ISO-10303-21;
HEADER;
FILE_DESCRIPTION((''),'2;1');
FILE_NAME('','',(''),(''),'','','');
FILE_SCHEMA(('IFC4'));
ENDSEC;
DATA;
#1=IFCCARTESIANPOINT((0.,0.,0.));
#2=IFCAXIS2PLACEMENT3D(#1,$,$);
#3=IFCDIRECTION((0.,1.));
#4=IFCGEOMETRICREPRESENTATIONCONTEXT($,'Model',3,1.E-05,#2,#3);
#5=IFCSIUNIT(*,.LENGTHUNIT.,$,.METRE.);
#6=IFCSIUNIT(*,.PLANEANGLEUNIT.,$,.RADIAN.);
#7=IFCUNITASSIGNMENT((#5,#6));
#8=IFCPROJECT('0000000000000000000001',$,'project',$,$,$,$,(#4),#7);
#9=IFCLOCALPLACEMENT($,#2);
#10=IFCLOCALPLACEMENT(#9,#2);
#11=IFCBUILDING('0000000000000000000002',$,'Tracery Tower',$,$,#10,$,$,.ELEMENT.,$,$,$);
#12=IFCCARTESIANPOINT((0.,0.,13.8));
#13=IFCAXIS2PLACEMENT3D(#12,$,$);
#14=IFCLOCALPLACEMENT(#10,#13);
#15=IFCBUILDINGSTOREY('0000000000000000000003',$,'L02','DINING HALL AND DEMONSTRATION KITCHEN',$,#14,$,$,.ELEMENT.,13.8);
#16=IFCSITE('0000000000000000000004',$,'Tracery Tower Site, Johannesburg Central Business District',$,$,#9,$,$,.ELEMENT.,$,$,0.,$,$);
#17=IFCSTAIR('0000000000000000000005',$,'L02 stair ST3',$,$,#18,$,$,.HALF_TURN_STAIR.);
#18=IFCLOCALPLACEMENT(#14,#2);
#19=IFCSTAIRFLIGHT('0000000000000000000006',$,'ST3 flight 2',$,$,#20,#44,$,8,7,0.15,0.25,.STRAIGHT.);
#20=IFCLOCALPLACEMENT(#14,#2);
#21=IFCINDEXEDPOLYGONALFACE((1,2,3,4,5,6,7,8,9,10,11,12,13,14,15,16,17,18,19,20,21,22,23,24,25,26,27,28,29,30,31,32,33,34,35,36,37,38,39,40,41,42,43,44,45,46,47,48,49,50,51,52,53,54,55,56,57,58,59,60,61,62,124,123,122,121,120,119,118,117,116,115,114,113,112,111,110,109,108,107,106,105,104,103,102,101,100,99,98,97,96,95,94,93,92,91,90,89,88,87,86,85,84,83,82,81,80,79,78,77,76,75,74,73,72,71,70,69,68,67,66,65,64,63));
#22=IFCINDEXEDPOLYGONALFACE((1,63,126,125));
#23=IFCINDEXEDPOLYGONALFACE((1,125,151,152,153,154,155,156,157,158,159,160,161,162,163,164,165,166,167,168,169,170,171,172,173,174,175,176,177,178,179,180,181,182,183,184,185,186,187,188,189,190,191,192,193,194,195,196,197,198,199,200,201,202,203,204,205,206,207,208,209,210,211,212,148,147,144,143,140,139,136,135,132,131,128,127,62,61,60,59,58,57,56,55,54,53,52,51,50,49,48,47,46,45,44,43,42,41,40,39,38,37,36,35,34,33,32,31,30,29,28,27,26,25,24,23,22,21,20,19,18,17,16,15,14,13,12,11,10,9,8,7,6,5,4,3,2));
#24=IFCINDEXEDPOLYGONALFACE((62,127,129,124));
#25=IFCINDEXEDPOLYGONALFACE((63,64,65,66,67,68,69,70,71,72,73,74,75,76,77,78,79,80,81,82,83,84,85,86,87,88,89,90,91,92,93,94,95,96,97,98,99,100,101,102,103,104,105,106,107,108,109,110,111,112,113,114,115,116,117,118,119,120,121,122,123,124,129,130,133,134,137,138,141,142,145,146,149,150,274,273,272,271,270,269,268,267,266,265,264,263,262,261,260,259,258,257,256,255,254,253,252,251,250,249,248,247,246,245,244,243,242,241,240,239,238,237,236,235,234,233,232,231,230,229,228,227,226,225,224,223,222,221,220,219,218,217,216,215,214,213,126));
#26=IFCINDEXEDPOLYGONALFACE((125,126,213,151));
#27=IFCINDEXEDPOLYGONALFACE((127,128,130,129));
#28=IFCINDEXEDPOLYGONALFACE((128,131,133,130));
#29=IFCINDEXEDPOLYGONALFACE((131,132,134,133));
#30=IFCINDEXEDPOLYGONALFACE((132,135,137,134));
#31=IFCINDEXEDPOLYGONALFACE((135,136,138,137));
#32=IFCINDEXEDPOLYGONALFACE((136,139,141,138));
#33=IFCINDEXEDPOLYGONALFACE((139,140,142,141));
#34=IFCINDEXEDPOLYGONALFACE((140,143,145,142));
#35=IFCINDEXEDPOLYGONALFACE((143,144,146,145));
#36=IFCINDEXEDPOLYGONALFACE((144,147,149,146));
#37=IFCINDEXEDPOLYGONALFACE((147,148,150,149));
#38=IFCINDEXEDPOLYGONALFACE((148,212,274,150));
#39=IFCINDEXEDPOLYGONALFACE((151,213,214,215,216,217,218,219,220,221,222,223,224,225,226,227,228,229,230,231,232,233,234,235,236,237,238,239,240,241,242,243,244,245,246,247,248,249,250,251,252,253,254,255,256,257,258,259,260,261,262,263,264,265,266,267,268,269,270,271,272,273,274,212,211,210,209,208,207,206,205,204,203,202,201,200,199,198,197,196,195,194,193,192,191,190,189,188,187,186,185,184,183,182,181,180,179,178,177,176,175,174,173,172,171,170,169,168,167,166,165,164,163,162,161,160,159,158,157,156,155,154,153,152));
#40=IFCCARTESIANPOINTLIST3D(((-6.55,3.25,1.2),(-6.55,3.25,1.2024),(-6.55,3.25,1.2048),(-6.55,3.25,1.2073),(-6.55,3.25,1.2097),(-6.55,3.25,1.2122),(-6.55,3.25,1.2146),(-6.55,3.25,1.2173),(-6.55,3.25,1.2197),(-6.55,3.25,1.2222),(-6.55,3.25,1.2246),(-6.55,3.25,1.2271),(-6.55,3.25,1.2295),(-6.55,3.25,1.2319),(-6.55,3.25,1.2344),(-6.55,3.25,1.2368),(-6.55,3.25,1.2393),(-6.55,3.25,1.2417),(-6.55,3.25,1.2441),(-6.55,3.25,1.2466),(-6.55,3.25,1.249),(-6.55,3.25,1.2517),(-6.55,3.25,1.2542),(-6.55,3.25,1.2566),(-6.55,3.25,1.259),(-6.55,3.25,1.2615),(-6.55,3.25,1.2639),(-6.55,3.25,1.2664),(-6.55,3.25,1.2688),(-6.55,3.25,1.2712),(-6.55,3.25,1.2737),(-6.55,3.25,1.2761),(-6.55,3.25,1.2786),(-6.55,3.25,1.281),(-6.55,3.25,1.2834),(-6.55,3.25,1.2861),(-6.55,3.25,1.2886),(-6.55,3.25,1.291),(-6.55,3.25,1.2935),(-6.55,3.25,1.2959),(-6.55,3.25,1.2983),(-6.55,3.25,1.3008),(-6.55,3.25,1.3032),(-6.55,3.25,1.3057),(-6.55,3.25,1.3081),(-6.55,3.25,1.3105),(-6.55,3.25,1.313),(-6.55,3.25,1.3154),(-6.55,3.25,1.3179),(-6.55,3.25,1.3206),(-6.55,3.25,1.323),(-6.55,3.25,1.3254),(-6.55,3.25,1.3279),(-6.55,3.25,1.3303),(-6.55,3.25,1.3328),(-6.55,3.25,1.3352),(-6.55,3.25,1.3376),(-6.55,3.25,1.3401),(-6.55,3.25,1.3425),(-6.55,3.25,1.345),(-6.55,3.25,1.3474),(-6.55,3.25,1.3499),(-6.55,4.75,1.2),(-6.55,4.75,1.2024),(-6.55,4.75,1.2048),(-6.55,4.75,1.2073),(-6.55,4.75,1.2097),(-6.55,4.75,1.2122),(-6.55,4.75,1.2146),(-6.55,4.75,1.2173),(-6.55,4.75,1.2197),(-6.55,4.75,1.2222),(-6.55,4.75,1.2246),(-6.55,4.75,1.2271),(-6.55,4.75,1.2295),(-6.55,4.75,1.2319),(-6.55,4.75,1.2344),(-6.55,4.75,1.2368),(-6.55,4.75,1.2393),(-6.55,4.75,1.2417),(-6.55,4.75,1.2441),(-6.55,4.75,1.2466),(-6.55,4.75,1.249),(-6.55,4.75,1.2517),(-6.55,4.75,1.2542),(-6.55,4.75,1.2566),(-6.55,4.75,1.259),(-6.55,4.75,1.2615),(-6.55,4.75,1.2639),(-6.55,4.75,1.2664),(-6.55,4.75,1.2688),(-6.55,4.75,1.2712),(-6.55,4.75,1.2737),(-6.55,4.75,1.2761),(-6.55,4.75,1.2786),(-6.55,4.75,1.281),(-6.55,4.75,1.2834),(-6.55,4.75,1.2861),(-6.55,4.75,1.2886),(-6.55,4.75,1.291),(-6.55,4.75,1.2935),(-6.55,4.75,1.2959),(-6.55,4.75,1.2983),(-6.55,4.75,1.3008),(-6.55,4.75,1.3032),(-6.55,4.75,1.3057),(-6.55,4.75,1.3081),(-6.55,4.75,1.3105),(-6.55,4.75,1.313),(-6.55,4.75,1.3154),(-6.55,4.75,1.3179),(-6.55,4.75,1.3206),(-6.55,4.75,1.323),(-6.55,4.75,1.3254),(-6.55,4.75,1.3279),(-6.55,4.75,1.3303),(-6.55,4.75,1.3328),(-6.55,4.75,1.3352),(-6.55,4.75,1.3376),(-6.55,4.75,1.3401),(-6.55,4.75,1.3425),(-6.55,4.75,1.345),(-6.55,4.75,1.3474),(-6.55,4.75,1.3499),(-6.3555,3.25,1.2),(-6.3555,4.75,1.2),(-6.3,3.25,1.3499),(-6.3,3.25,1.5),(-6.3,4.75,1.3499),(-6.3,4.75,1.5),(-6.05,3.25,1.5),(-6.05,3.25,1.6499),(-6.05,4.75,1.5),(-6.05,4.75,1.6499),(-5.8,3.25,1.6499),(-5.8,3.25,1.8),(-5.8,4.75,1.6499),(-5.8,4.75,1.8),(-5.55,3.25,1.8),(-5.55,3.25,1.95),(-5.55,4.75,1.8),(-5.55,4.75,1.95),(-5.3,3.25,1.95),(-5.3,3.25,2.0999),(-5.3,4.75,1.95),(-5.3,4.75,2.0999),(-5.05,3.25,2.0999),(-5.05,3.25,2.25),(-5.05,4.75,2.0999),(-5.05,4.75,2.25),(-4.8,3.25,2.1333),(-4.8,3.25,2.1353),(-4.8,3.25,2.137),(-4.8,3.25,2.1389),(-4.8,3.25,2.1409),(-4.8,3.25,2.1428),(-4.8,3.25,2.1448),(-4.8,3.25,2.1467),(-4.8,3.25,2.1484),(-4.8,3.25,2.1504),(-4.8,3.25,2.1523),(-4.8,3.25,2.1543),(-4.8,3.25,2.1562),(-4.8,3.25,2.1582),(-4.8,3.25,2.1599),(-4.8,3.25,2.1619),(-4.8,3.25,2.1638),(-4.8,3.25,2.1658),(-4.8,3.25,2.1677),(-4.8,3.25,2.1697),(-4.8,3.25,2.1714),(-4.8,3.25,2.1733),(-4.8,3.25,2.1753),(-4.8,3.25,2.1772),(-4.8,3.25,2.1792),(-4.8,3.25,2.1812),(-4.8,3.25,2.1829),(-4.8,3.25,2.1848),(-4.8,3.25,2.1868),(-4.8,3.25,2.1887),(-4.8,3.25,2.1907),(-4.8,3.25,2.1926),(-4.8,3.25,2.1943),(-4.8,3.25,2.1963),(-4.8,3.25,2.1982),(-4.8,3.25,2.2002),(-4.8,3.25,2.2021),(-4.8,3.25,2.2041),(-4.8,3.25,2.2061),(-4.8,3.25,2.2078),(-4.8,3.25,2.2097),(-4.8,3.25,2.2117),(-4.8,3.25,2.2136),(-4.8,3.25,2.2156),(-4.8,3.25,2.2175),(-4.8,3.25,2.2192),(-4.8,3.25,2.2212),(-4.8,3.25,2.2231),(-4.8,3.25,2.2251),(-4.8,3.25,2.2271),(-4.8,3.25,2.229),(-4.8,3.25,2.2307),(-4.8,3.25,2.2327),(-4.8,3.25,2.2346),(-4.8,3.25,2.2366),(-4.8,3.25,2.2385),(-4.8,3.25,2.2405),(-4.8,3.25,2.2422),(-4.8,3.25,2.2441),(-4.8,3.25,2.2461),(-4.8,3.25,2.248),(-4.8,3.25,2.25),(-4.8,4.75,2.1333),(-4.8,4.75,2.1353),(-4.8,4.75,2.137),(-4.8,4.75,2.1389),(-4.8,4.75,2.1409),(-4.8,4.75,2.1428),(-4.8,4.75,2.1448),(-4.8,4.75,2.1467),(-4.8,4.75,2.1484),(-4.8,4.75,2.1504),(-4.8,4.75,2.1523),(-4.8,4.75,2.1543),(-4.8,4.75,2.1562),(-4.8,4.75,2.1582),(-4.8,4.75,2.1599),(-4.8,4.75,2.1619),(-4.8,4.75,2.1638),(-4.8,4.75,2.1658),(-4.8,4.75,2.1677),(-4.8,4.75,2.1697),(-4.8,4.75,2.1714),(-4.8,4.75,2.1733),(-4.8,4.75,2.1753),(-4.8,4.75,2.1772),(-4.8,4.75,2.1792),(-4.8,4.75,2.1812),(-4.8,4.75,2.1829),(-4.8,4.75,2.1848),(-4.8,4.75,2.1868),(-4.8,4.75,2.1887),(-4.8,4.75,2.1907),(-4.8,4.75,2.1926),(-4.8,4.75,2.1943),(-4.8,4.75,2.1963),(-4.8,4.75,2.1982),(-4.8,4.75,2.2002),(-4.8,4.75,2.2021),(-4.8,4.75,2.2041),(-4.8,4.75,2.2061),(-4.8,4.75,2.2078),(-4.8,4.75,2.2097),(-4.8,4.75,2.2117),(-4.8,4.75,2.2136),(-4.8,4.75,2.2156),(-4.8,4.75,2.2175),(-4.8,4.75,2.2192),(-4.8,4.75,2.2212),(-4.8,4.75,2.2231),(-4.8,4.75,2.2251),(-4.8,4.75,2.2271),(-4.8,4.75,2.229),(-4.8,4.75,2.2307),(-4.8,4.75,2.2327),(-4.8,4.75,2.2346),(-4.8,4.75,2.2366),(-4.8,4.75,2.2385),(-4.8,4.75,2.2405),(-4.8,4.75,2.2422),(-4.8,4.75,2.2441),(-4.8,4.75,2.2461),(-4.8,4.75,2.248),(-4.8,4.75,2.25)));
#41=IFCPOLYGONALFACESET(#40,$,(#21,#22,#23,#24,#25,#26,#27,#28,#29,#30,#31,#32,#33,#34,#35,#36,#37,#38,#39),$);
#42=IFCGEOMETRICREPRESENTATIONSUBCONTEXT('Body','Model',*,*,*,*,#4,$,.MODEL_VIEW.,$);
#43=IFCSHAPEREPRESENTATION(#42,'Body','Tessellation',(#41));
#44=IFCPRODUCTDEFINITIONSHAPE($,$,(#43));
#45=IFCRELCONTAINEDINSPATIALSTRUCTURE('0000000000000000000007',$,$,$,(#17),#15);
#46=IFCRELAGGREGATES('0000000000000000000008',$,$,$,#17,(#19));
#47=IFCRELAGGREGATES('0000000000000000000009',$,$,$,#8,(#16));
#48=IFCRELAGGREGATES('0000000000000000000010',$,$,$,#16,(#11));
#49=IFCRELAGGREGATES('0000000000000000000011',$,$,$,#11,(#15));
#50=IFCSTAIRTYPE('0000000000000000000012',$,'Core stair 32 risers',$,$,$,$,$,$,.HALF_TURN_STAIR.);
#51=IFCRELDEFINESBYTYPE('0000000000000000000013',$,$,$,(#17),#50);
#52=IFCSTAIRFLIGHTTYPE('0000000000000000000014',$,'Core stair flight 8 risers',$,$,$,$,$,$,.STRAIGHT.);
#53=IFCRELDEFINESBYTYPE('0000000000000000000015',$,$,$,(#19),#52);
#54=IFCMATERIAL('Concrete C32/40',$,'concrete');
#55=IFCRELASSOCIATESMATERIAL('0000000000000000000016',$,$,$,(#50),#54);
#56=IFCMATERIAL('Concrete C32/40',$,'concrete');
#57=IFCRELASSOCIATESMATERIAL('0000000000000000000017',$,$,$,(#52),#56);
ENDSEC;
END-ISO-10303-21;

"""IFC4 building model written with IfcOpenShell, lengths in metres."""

from ifc_helpers import new_model, si_unit, direction, frame, origin, place, context, subcontext, project, spatial, polyline, outline, extrude, material, type_object, element, aggregate, save


model = new_model("IFC4")

# Units and contexts
model_context = context("Model", 3, precision=1e-05, world=origin(), true_north=direction((0.0, 1.0)))
body_context = subcontext(model_context, "Body", "Model", "MODEL_VIEW")
ifc_project = project(units=[si_unit("LENGTHUNIT", "METRE"), si_unit("PLANEANGLEUNIT", "RADIAN")], contexts=[model_context])

# Site, building, storey
site_placement = place(None, origin())
site = spatial("IfcSite", under=ifc_project, at=site_placement, Name="Tracery Tower Site, Johannesburg Central Business District", CompositionType="ELEMENT", RefElevation=0.0)
building_placement = place(site_placement, origin())
building = spatial("IfcBuilding", under=site, at=building_placement, Name="Tracery Tower", CompositionType="ELEMENT")
storey_placement = place(building_placement, frame((0.0, 0.0, 13.8)))
storey = spatial("IfcBuildingStorey", under=building, at=storey_placement, Name="L02", Description="DINING HALL AND DEMONSTRATION KITCHEN", CompositionType="ELEMENT", Elevation=13.8)

# Stair, stair flight
ifc_material_1 = material(Name="Concrete C32/40", Category="concrete")
stair_type = type_object("IfcStairType", Name="Core stair 32 risers", PredefinedType="HALF_TURN_STAIR", material=ifc_material_1)
stair_placement = place(storey_placement, origin())
stair = element("IfcStair", 1, at=stair_placement, inside=storey, type_object=stair_type, Name="L02 stair ST3", PredefinedType="HALF_TURN_STAIR")
ifc_material_2 = material(Name="Concrete C32/40", Category="concrete")
stair_flight_type = type_object("IfcStairFlightType", Name="Core stair flight 8 risers", PredefinedType="STRAIGHT", material=ifc_material_2)
stair_flight_1_placement = place(storey_placement, frame((-6.55, 4.0, 1.2), z_axis=(0.0, 0.0, 1.0), x_axis=(1.0, 0.0, 0.0)))
stair_flight_1 = element("IfcStairFlight", 2, at=stair_flight_1_placement, type_object=stair_flight_type, Name="ST3 flight 2", NumberOfRisers=8, NumberOfTreads=7, PredefinedType="STRAIGHT", RiserHeight=0.15, TreadLength=0.25, context=body_context, shape_type="SweptSolid", body=[
    extrude(outline(polyline([(0.0, 0.0), (0.0, 0.0024), (0.0, 0.0049), (0.0, 0.0073), (0.0, 0.0098), (0.0, 0.0122), (0.0, 0.0146), (0.0, 0.0173), (0.0, 0.0198), (0.0, 0.0222), (0.0, 0.0247), (0.0, 0.0271), (0.0, 0.0295), (0.0, 0.032), (0.0, 0.0344), (0.0, 0.0369), (0.0, 0.0393), (0.0, 0.0417), (0.0, 0.0442), (0.0, 0.0466), (0.0, 0.0491), (0.0, 0.0518), (0.0, 0.0542), (0.0, 0.0566), (0.0, 0.0591), (0.0, 0.0615), (0.0, 0.064), (0.0, 0.0664), (0.0, 0.0688), (0.0, 0.0713), (0.0, 0.0737), (0.0, 0.0762), (0.0, 0.0786), (0.0, 0.0811), (0.0, 0.0835), (0.0, 0.0862), (0.0, 0.0886), (0.0, 0.0911), (0.0, 0.0935), (0.0, 0.0959), (0.0, 0.0984), (0.0, 0.1008), (0.0, 0.1033), (0.0, 0.1057), (0.0, 0.1082), (0.0, 0.1106), (0.0, 0.113), (0.0, 0.1155), (0.0, 0.1179), (0.0, 0.1206), (0.0, 0.123), (0.0, 0.1255), (0.0, 0.1279), (0.0, 0.1304), (0.0, 0.1328), (0.0, 0.1353), (0.0, 0.1377), (0.0, 0.1401), (0.0, 0.1426), (0.0, 0.145), (0.0, 0.1475), (0.0, 0.1499), (0.25, 0.1499), (0.25, 0.3), (0.5, 0.3), (0.5, 0.45), (0.75, 0.45), (0.75, 0.6001), (1.0, 0.6001), (1.0, 0.75), (1.25, 0.75), (1.25, 0.8999), (1.5, 0.8999), (1.5, 1.05), (1.75, 1.05), (1.75, 1.0481), (1.75, 1.0461), (1.75, 1.0442), (1.75, 1.0422), (1.75, 1.0405), (1.75, 1.0386), (1.75, 1.0366), (1.75, 1.0347), (1.75, 1.0327), (1.75, 1.0308), (1.75, 1.0291), (1.75, 1.0271), (1.75, 1.0251), (1.75, 1.0232), (1.75, 1.0212), (1.75, 1.0193), (1.75, 1.0176), (1.75, 1.0156), (1.75, 1.0137), (1.75, 1.0117), (1.75, 1.0098), (1.75, 1.0078), (1.75, 1.0061), (1.75, 1.0042), (1.75, 1.0022), (1.75, 1.0002), (1.75, 0.9983), (1.75, 0.9963), (1.75, 0.9944), (1.75, 0.9927), (1.75, 0.9907), (1.75, 0.9888), (1.75, 0.9868), (1.75, 0.9849), (1.75, 0.9829), (1.75, 0.9812), (1.75, 0.9792), (1.75, 0.9773), (1.75, 0.9753), (1.75, 0.9734), (1.75, 0.9714), (1.75, 0.9697), (1.75, 0.9678), (1.75, 0.9658), (1.75, 0.9639), (1.75, 0.9619), (1.75, 0.96), (1.75, 0.9583), (1.75, 0.9563), (1.75, 0.9543), (1.75, 0.9524), (1.75, 0.9504), (1.75, 0.9485), (1.75, 0.9468), (1.75, 0.9448), (1.75, 0.9429), (1.75, 0.9409), (1.75, 0.939), (1.75, 0.937), (1.75, 0.9353), (1.75, 0.9333), (0.1946, 0.0), (0.0, 0.0)])), frame((0.0, 0.75, 0.0), z_axis=(0.0, -1.0, 0.0), x_axis=(1.0, 0.0, 0.0)), (0.0, 0.0, 1.0), 1.5),
])
aggregate(stair, [stair_flight_1])

save(model, "model.ifc")
